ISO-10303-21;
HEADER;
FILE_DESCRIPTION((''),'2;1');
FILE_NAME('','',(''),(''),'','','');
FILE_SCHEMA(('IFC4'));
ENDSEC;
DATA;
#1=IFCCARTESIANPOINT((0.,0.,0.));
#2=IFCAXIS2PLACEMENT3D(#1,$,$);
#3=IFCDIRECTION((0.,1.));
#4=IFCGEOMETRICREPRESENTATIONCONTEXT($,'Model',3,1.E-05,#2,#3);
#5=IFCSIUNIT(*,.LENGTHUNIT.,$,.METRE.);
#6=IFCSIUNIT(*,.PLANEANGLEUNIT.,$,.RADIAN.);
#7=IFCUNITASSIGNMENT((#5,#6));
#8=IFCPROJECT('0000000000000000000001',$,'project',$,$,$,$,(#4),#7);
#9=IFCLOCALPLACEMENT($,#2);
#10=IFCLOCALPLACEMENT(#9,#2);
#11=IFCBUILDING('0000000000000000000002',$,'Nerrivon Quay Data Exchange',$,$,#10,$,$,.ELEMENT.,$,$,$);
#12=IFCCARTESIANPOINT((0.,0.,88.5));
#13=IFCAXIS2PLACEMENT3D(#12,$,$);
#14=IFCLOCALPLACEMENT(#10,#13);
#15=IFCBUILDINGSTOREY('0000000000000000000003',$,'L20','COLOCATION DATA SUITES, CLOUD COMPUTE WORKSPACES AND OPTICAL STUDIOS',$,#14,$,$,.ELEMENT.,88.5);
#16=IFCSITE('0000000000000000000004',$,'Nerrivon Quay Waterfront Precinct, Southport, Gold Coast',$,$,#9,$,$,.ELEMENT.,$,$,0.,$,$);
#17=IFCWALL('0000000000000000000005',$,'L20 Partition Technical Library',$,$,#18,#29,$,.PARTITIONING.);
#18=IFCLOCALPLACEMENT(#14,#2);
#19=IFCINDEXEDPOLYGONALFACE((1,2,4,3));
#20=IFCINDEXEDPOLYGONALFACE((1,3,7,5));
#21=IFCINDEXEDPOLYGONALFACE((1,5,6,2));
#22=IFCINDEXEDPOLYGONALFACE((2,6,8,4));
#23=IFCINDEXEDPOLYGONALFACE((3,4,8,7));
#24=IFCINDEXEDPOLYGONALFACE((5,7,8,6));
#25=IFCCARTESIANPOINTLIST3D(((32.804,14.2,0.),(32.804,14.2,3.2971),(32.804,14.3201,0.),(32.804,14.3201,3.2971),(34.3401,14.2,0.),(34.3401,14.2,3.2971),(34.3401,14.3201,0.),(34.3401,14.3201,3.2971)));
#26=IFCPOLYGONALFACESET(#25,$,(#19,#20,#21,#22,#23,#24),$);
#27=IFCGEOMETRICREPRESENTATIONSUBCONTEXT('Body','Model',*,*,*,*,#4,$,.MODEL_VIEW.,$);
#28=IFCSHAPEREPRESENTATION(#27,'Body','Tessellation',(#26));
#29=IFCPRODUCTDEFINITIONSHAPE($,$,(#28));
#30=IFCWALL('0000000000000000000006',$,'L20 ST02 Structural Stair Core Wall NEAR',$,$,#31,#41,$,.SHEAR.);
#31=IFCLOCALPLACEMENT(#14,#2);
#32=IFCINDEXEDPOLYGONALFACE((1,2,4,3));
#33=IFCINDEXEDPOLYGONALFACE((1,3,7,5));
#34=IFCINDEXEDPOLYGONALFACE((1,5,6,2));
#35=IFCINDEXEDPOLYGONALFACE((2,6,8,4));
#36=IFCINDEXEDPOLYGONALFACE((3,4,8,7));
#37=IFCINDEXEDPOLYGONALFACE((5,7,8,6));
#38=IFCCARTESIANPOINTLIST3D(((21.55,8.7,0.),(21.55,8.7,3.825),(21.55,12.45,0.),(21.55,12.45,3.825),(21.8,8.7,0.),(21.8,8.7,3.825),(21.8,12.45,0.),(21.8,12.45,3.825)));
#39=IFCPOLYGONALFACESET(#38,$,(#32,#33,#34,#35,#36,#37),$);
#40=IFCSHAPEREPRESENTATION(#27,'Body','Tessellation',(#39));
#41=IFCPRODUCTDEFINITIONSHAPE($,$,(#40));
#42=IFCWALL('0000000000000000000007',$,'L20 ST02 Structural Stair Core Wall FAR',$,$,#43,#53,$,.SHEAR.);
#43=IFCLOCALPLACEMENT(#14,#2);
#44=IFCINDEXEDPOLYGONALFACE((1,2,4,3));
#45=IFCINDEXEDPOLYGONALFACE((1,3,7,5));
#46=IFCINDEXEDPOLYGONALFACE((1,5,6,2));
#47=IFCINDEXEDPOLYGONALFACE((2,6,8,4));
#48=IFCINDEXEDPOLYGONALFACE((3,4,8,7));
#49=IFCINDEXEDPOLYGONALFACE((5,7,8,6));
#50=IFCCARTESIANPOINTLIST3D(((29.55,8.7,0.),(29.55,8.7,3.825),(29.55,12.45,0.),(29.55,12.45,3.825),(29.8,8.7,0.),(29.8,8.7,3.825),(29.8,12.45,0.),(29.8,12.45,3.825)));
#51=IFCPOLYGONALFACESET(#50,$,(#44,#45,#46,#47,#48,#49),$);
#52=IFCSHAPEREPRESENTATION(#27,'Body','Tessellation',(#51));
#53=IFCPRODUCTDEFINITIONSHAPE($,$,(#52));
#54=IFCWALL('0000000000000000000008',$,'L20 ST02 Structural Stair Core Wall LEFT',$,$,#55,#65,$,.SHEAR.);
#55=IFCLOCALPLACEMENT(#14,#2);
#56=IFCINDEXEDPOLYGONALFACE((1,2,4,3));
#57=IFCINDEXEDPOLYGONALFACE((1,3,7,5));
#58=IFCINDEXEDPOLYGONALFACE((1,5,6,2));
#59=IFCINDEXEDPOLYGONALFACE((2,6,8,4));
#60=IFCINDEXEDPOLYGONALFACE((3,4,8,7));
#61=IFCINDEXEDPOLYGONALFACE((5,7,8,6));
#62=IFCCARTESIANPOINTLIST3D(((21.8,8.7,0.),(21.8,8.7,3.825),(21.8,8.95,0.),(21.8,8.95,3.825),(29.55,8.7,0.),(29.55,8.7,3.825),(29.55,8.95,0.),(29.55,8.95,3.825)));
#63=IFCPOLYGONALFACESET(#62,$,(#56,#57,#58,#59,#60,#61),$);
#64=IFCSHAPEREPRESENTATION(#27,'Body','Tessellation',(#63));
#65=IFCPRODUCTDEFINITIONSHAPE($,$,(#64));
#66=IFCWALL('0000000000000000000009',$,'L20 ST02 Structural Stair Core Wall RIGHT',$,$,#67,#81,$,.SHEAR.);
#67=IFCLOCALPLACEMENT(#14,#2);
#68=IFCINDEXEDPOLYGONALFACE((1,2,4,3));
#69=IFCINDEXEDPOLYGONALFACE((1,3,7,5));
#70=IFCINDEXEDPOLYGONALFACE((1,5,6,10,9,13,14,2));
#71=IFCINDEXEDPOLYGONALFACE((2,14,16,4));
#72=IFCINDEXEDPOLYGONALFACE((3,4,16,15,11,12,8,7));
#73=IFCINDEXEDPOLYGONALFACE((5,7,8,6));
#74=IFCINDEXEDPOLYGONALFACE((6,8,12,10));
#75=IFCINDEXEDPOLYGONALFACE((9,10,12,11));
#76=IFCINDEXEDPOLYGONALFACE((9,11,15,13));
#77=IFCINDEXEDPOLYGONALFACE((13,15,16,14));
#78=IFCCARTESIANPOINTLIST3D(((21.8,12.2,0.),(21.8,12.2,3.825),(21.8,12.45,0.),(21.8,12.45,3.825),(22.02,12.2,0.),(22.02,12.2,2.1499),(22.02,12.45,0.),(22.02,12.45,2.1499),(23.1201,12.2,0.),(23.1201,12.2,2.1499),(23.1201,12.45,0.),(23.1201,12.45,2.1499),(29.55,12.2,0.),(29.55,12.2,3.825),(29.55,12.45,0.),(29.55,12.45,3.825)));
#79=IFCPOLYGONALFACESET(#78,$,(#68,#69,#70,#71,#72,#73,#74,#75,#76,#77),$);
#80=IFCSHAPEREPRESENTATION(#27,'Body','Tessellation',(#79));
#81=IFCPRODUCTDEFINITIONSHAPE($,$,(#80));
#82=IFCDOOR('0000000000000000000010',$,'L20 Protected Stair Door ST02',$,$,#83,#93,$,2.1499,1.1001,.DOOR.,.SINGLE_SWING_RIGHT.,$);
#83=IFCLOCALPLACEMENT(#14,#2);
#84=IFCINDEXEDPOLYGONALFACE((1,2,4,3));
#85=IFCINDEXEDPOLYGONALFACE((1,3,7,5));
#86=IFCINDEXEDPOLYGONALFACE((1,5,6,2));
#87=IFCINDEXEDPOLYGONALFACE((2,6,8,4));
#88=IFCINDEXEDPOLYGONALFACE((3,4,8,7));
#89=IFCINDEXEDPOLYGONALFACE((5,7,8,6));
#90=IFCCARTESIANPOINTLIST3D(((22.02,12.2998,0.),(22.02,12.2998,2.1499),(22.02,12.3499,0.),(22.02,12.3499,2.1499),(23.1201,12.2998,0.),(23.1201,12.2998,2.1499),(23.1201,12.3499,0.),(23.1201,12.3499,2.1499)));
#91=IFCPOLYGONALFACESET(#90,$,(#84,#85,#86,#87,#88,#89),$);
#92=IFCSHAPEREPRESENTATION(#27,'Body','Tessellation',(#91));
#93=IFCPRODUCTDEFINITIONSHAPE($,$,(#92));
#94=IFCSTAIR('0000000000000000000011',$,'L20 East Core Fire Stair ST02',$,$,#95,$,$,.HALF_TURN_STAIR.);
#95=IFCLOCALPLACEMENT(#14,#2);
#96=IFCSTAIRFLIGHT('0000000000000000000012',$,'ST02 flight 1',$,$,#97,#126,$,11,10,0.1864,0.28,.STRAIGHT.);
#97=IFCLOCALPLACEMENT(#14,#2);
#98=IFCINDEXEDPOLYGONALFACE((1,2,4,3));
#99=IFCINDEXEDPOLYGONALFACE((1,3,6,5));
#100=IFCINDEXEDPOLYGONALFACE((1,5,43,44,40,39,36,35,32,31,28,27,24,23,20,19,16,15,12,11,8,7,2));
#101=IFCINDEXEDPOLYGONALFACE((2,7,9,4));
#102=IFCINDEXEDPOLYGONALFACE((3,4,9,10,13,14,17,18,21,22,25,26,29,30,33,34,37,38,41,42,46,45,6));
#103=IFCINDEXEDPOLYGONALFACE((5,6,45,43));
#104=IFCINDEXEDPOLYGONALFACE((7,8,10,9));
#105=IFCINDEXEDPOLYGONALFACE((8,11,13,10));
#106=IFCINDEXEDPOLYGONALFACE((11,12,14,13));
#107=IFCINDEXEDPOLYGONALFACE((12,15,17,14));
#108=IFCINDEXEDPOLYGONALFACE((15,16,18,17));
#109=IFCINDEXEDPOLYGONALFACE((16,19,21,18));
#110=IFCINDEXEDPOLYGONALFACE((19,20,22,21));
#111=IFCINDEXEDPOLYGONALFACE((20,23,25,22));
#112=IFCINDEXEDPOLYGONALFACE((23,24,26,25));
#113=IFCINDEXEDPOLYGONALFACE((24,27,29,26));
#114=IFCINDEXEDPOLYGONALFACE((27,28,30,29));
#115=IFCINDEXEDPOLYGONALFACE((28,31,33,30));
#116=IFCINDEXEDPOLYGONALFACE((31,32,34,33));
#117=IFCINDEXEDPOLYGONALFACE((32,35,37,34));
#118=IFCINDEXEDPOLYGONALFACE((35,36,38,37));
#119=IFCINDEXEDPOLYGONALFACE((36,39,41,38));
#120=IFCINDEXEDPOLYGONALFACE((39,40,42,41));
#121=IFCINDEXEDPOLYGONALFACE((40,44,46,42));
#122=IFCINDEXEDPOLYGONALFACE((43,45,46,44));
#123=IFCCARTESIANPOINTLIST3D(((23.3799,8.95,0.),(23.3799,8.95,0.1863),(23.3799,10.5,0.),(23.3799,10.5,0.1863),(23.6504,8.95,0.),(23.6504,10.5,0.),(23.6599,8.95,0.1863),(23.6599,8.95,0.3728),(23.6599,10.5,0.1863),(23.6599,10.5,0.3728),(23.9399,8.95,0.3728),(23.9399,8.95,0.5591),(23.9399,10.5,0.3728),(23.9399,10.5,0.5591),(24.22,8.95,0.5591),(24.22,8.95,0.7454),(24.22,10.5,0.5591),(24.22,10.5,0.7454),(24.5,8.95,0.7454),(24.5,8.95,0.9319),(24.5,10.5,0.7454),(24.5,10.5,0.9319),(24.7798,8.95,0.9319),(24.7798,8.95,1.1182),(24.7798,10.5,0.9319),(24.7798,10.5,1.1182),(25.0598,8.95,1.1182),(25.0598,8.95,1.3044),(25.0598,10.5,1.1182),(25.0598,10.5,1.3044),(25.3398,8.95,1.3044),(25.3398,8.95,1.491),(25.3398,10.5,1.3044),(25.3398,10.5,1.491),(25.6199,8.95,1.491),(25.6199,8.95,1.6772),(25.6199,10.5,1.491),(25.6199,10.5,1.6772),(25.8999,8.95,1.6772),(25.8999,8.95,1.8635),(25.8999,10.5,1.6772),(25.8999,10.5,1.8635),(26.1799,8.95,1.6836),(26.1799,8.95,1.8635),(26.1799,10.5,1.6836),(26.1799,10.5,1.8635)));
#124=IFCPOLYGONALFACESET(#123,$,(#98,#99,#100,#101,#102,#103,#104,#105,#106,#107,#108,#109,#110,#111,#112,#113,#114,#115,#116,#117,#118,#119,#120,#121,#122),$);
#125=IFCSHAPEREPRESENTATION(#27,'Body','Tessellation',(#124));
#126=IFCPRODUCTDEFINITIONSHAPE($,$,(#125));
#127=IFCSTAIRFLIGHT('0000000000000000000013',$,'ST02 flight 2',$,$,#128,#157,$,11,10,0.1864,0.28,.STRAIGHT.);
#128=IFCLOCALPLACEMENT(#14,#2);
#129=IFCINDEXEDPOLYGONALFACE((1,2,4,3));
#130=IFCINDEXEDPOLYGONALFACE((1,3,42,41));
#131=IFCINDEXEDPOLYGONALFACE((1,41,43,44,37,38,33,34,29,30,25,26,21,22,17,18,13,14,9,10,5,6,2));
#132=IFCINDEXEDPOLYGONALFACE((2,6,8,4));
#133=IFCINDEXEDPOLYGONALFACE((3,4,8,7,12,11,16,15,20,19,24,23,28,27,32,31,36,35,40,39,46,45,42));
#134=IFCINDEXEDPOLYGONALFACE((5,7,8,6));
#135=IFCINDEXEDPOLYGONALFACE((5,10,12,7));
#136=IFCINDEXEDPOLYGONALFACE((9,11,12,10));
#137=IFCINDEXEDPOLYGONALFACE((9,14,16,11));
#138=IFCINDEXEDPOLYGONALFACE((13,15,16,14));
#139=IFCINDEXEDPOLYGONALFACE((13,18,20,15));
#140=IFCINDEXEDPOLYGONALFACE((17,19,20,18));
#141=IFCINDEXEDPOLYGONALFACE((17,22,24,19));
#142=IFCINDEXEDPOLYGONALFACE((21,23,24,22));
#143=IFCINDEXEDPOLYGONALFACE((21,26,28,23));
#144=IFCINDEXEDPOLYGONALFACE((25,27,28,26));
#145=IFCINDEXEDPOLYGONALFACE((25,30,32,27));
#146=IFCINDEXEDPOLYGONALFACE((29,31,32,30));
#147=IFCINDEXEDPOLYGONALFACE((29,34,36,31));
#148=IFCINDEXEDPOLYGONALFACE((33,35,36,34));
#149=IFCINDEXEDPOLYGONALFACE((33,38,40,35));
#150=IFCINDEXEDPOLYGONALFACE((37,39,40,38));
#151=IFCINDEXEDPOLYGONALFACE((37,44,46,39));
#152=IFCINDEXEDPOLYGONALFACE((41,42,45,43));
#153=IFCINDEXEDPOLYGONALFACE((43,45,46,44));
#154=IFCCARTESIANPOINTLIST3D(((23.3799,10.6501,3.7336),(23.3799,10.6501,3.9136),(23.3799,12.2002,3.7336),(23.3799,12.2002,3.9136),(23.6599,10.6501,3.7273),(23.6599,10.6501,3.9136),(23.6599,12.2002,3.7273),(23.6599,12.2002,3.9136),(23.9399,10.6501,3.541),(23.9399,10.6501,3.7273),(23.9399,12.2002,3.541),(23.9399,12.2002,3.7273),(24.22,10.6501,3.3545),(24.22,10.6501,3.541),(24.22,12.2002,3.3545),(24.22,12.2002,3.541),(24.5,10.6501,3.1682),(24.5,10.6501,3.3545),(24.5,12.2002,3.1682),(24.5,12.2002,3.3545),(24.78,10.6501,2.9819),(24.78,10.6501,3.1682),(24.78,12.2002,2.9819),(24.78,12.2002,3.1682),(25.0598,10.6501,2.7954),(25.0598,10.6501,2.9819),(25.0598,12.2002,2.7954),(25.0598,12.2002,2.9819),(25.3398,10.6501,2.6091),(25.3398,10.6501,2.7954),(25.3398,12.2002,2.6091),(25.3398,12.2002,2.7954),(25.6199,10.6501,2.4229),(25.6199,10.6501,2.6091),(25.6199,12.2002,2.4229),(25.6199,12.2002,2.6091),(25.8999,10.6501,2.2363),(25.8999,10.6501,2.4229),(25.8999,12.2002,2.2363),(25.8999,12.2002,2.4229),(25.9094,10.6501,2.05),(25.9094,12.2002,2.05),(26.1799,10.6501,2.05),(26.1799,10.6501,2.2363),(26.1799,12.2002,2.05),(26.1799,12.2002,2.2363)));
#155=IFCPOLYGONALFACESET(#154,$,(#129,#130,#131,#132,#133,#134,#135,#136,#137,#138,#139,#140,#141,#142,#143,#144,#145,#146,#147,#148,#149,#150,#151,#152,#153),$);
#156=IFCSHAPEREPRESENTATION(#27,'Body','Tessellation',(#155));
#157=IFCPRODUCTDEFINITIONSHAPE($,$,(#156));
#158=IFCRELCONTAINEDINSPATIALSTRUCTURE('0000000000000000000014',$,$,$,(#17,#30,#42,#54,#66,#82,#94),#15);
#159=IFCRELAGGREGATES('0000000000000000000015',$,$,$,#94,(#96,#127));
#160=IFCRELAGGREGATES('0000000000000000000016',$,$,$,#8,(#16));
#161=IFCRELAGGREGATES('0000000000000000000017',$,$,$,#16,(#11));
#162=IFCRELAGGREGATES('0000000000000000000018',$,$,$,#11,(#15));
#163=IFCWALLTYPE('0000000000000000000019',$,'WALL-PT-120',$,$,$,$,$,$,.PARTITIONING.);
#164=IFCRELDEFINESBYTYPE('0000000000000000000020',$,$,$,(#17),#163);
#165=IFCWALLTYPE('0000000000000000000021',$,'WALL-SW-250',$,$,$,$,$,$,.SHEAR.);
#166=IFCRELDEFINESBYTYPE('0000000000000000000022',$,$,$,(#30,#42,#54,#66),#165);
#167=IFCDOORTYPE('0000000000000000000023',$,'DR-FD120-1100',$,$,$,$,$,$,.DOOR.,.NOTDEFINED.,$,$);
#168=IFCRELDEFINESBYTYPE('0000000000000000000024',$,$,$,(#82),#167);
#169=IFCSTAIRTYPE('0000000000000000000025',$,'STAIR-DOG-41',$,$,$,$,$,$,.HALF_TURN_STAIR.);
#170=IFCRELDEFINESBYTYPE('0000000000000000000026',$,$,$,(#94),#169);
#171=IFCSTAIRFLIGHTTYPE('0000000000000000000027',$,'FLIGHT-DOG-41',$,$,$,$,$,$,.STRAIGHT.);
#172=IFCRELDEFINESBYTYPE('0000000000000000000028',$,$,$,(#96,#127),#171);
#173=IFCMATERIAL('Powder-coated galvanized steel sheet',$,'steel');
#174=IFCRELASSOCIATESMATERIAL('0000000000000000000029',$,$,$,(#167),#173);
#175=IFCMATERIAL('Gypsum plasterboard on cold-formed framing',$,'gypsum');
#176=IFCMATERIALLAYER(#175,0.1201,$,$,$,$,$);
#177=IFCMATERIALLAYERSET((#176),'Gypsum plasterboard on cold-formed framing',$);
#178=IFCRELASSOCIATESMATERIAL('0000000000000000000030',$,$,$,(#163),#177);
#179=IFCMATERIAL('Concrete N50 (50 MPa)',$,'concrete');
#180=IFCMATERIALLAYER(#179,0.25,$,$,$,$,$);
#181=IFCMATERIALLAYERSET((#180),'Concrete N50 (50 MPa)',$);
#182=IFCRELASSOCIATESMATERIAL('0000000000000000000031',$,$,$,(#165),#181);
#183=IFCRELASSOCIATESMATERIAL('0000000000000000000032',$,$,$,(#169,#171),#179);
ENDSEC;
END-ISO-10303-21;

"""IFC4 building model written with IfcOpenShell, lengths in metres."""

from ifc_helpers import new_model, si_unit, direction, frame, frame_2d, origin, place, context, subcontext, project, spatial, polyline, rectangle, outline, extrude, material, layer, layer_set, type_object, element, fill, aggregate, save


model = new_model("IFC4")

# Units and contexts
model_context = context("Model", 3, precision=1e-05, world=origin(), true_north=direction((0.0, 1.0)))
body_context = subcontext(model_context, "Body", "Model", "MODEL_VIEW")
ifc_project = project(units=[si_unit("LENGTHUNIT", "METRE"), si_unit("PLANEANGLEUNIT", "RADIAN")], contexts=[model_context])

# Site, building, storey
site_placement = place(None, origin())
site = spatial("IfcSite", under=ifc_project, at=site_placement, Name="Nerrivon Quay Waterfront Precinct, Southport, Gold Coast", CompositionType="ELEMENT", RefElevation=0.0)
building_placement = place(site_placement, origin())
building = spatial("IfcBuilding", under=site, at=building_placement, Name="Nerrivon Quay Data Exchange", CompositionType="ELEMENT")
storey_placement = place(building_placement, frame((0.0, 0.0, 88.5)))
storey = spatial("IfcBuildingStorey", under=building, at=storey_placement, Name="L20", Description="COLOCATION DATA SUITES, CLOUD COMPUTE WORKSPACES AND OPTICAL STUDIOS", CompositionType="ELEMENT", Elevation=88.5)

# Shared definitions
ifc_material_1 = material(Name="Powder-coated galvanized steel sheet", Category="steel")
door_type_1 = type_object("IfcDoorType", Name="DR-FD120-1100", OperationType="NOTDEFINED", PredefinedType="DOOR", material=ifc_material_1)

# Shared definitions
ifc_material_2 = material(Name="Gypsum plasterboard on cold-formed framing", Category="gypsum")

# Walls
ifc_layer_1 = layer(ifc_material_2, 0.1201)
ifc_layer_set_1 = layer_set([ifc_layer_1], Name="Gypsum plasterboard on cold-formed framing")
wall_type_1 = type_object("IfcWallType", Name="WALL-PT-120", PredefinedType="PARTITIONING", material=ifc_layer_set_1)
wall_1_placement = place(storey_placement, frame((32.804, 14.26, 0.0), z_axis=(0.0, 0.0, 1.0), x_axis=(1.0, 0.0, 0.0)))
element("IfcWall", 1, at=wall_1_placement, inside=storey, type_object=wall_type_1, Name="L20 Partition Technical Library", PredefinedType="PARTITIONING", context=body_context, shape_type="SweptSolid", body=[
    extrude(rectangle(XDim=1.5361, YDim=0.1201, at=frame_2d((0.7681, 0.0))), origin(), (0.0, 0.0, 1.0), 3.2971),
])
ifc_material_3 = material(Name="Concrete N50 (50 MPa)", Category="concrete")
ifc_layer_2 = layer(ifc_material_3, 0.25)
ifc_layer_set_2 = layer_set([ifc_layer_2], Name="Concrete N50 (50 MPa)")
wall_type_2 = type_object("IfcWallType", Name="WALL-SW-250", PredefinedType="SHEAR", material=ifc_layer_set_2)
for number, where, z_axis, x_axis, name in (
    (2, (21.675, 8.7, 0.0), (0.0, 0.0, 1.0), (0.0, 1.0, 0.0), "L20 ST02 Structural Stair Core Wall NEAR"),
    (3, (29.675, 8.7, 0.0), (0.0, 0.0, 1.0), (0.0, 1.0, 0.0), "L20 ST02 Structural Stair Core Wall FAR"),
):
    element("IfcWall", number, at=place(storey_placement, frame(where, z_axis=z_axis, x_axis=x_axis)), inside=storey, type_object=wall_type_2, Name=name, PredefinedType="SHEAR", context=body_context, shape_type="SweptSolid", body=[
        extrude(rectangle(XDim=3.75, YDim=0.25, at=frame_2d((1.875, 0.0))), origin(), (0.0, 0.0, 1.0), 3.825),
    ])
wall_2_placement = place(storey_placement, frame((21.8, 8.825, 0.0), z_axis=(0.0, 0.0, 1.0), x_axis=(1.0, 0.0, 0.0)))
element("IfcWall", 4, at=wall_2_placement, inside=storey, type_object=wall_type_2, Name="L20 ST02 Structural Stair Core Wall LEFT", PredefinedType="SHEAR", context=body_context, shape_type="SweptSolid", body=[
    extrude(rectangle(XDim=7.75, YDim=0.25, at=frame_2d((3.875, 0.0))), origin(), (0.0, 0.0, 1.0), 3.825),
])

# Wall, opening, door
wall_3_placement = place(storey_placement, frame((21.8, 12.325, 0.0), z_axis=(0.0, 0.0, 1.0), x_axis=(1.0, 0.0, 0.0)))
wall_3 = element("IfcWall", 5, at=wall_3_placement, inside=storey, type_object=wall_type_2, Name="L20 ST02 Structural Stair Core Wall RIGHT", PredefinedType="SHEAR", context=body_context, shape_type="SweptSolid", body=[
    extrude(rectangle(XDim=7.75, YDim=0.25, at=frame_2d((3.875, 0.0))), origin(), (0.0, 0.0, 1.0), 3.825),
])
opening_1_placement = place(wall_3_placement, frame((0.22, 0.0, 0.0)))
opening_1 = element("IfcOpeningElement", 6, at=opening_1_placement, cuts=wall_3, PredefinedType="OPENING", context=body_context, shape_type="SweptSolid", body=[
    extrude(rectangle(XDim=1.1001, YDim=2.1499, at=frame_2d((0.55, 1.075))), frame((0.0, 0.135, 0.0), z_axis=(0.0, -1.0, 0.0), x_axis=(1.0, 0.0, 0.0)), (0.0, 0.0, 1.0), 0.27),
])
door_1_placement = place(opening_1_placement, origin())
door_1 = element("IfcDoor", 7, at=door_1_placement, inside=storey, type_object=door_type_1, Name="L20 Protected Stair Door ST02", OperationType="SINGLE_SWING_RIGHT", OverallHeight=2.1499, OverallWidth=1.1001, PredefinedType="DOOR", context=body_context, shape_type="SweptSolid", body=[
    extrude(rectangle(XDim=1.1001, YDim=2.1499, at=frame_2d((0.55, 1.075))), frame((0.0, 0.0249, 0.0), z_axis=(0.0, -1.0, 0.0), x_axis=(1.0, 0.0, 0.0)), (0.0, 0.0, 1.0), 0.05),
])
fill(opening_1, door_1)

# Stair, stair flights
stair_type = type_object("IfcStairType", Name="STAIR-DOG-41", PredefinedType="HALF_TURN_STAIR", material=ifc_material_3)
stair_placement = place(storey_placement, origin())
stair = element("IfcStair", 8, at=stair_placement, inside=storey, type_object=stair_type, Name="L20 East Core Fire Stair ST02", PredefinedType="HALF_TURN_STAIR")
stair_flight_type = type_object("IfcStairFlightType", Name="FLIGHT-DOG-41", PredefinedType="STRAIGHT", material=ifc_material_3)
stair_flight_1_placement = place(storey_placement, frame((23.3799, 9.7251, 0.0), z_axis=(0.0, 0.0, 1.0), x_axis=(1.0, 0.0, 0.0)))
stair_flight_1 = element("IfcStairFlight", 9, at=stair_flight_1_placement, type_object=stair_flight_type, Name="ST02 flight 1", NumberOfRisers=11, NumberOfTreads=10, PredefinedType="STRAIGHT", RiserHeight=0.1864, TreadLength=0.28, context=body_context, shape_type="SweptSolid", body=[
    extrude(outline(polyline([(0.0, 0.0), (0.0, 0.1863), (0.28, 0.1863), (0.28, 0.3728), (0.5601, 0.3728), (0.5601, 0.5591), (0.8401, 0.5591), (0.8401, 0.7454), (1.1201, 0.7454), (1.1201, 0.9319), (1.3999, 0.9319), (1.3999, 1.1182), (1.6799, 1.1182), (1.6799, 1.3044), (1.96, 1.3044), (1.96, 1.491), (2.24, 1.491), (2.24, 1.6772), (2.52, 1.6772), (2.52, 1.8635), (2.8, 1.8635), (2.8, 2.05), (2.8, 1.6836), (0.2705, 0.0), (0.0, 0.0)])), frame((0.0, 0.7749, 0.0), z_axis=(0.0, -1.0, 0.0), x_axis=(1.0, 0.0, 0.0)), (0.0, 0.0, 1.0), 1.55),
])
stair_flight_2_placement = place(storey_placement, frame((26.1799, 11.425, 2.05), z_axis=(0.0, 0.0, 1.0), x_axis=(-1.0, 0.0, 0.0)))
stair_flight_2 = element("IfcStairFlight", 10, at=stair_flight_2_placement, type_object=stair_flight_type, Name="ST02 flight 2", NumberOfRisers=11, NumberOfTreads=10, PredefinedType="STRAIGHT", RiserHeight=0.1864, TreadLength=0.28, context=body_context, shape_type="SweptSolid", body=[
    extrude(outline(polyline([(0.0, 0.0), (0.0, 0.1863), (0.28, 0.1863), (0.28, 0.3728), (0.5601, 0.3728), (0.5601, 0.5591), (0.8401, 0.5591), (0.8401, 0.7454), (1.1201, 0.7454), (1.1201, 0.9319), (1.3999, 0.9319), (1.3999, 1.1182), (1.6799, 1.1182), (1.6799, 1.3044), (1.96, 1.3044), (1.96, 1.491), (2.24, 1.491), (2.24, 1.6772), (2.52, 1.6772), (2.52, 1.8635), (2.8, 1.8635), (2.8, 2.05), (2.8, 1.6836), (0.2705, 0.0), (0.0, 0.0)])), frame((0.0, 0.7749, 0.0), z_axis=(0.0, -1.0, 0.0), x_axis=(1.0, 0.0, 0.0)), (0.0, 0.0, 1.0), 1.55),
])
aggregate(stair, [stair_flight_1, stair_flight_2])

save(model, "model.ifc")
